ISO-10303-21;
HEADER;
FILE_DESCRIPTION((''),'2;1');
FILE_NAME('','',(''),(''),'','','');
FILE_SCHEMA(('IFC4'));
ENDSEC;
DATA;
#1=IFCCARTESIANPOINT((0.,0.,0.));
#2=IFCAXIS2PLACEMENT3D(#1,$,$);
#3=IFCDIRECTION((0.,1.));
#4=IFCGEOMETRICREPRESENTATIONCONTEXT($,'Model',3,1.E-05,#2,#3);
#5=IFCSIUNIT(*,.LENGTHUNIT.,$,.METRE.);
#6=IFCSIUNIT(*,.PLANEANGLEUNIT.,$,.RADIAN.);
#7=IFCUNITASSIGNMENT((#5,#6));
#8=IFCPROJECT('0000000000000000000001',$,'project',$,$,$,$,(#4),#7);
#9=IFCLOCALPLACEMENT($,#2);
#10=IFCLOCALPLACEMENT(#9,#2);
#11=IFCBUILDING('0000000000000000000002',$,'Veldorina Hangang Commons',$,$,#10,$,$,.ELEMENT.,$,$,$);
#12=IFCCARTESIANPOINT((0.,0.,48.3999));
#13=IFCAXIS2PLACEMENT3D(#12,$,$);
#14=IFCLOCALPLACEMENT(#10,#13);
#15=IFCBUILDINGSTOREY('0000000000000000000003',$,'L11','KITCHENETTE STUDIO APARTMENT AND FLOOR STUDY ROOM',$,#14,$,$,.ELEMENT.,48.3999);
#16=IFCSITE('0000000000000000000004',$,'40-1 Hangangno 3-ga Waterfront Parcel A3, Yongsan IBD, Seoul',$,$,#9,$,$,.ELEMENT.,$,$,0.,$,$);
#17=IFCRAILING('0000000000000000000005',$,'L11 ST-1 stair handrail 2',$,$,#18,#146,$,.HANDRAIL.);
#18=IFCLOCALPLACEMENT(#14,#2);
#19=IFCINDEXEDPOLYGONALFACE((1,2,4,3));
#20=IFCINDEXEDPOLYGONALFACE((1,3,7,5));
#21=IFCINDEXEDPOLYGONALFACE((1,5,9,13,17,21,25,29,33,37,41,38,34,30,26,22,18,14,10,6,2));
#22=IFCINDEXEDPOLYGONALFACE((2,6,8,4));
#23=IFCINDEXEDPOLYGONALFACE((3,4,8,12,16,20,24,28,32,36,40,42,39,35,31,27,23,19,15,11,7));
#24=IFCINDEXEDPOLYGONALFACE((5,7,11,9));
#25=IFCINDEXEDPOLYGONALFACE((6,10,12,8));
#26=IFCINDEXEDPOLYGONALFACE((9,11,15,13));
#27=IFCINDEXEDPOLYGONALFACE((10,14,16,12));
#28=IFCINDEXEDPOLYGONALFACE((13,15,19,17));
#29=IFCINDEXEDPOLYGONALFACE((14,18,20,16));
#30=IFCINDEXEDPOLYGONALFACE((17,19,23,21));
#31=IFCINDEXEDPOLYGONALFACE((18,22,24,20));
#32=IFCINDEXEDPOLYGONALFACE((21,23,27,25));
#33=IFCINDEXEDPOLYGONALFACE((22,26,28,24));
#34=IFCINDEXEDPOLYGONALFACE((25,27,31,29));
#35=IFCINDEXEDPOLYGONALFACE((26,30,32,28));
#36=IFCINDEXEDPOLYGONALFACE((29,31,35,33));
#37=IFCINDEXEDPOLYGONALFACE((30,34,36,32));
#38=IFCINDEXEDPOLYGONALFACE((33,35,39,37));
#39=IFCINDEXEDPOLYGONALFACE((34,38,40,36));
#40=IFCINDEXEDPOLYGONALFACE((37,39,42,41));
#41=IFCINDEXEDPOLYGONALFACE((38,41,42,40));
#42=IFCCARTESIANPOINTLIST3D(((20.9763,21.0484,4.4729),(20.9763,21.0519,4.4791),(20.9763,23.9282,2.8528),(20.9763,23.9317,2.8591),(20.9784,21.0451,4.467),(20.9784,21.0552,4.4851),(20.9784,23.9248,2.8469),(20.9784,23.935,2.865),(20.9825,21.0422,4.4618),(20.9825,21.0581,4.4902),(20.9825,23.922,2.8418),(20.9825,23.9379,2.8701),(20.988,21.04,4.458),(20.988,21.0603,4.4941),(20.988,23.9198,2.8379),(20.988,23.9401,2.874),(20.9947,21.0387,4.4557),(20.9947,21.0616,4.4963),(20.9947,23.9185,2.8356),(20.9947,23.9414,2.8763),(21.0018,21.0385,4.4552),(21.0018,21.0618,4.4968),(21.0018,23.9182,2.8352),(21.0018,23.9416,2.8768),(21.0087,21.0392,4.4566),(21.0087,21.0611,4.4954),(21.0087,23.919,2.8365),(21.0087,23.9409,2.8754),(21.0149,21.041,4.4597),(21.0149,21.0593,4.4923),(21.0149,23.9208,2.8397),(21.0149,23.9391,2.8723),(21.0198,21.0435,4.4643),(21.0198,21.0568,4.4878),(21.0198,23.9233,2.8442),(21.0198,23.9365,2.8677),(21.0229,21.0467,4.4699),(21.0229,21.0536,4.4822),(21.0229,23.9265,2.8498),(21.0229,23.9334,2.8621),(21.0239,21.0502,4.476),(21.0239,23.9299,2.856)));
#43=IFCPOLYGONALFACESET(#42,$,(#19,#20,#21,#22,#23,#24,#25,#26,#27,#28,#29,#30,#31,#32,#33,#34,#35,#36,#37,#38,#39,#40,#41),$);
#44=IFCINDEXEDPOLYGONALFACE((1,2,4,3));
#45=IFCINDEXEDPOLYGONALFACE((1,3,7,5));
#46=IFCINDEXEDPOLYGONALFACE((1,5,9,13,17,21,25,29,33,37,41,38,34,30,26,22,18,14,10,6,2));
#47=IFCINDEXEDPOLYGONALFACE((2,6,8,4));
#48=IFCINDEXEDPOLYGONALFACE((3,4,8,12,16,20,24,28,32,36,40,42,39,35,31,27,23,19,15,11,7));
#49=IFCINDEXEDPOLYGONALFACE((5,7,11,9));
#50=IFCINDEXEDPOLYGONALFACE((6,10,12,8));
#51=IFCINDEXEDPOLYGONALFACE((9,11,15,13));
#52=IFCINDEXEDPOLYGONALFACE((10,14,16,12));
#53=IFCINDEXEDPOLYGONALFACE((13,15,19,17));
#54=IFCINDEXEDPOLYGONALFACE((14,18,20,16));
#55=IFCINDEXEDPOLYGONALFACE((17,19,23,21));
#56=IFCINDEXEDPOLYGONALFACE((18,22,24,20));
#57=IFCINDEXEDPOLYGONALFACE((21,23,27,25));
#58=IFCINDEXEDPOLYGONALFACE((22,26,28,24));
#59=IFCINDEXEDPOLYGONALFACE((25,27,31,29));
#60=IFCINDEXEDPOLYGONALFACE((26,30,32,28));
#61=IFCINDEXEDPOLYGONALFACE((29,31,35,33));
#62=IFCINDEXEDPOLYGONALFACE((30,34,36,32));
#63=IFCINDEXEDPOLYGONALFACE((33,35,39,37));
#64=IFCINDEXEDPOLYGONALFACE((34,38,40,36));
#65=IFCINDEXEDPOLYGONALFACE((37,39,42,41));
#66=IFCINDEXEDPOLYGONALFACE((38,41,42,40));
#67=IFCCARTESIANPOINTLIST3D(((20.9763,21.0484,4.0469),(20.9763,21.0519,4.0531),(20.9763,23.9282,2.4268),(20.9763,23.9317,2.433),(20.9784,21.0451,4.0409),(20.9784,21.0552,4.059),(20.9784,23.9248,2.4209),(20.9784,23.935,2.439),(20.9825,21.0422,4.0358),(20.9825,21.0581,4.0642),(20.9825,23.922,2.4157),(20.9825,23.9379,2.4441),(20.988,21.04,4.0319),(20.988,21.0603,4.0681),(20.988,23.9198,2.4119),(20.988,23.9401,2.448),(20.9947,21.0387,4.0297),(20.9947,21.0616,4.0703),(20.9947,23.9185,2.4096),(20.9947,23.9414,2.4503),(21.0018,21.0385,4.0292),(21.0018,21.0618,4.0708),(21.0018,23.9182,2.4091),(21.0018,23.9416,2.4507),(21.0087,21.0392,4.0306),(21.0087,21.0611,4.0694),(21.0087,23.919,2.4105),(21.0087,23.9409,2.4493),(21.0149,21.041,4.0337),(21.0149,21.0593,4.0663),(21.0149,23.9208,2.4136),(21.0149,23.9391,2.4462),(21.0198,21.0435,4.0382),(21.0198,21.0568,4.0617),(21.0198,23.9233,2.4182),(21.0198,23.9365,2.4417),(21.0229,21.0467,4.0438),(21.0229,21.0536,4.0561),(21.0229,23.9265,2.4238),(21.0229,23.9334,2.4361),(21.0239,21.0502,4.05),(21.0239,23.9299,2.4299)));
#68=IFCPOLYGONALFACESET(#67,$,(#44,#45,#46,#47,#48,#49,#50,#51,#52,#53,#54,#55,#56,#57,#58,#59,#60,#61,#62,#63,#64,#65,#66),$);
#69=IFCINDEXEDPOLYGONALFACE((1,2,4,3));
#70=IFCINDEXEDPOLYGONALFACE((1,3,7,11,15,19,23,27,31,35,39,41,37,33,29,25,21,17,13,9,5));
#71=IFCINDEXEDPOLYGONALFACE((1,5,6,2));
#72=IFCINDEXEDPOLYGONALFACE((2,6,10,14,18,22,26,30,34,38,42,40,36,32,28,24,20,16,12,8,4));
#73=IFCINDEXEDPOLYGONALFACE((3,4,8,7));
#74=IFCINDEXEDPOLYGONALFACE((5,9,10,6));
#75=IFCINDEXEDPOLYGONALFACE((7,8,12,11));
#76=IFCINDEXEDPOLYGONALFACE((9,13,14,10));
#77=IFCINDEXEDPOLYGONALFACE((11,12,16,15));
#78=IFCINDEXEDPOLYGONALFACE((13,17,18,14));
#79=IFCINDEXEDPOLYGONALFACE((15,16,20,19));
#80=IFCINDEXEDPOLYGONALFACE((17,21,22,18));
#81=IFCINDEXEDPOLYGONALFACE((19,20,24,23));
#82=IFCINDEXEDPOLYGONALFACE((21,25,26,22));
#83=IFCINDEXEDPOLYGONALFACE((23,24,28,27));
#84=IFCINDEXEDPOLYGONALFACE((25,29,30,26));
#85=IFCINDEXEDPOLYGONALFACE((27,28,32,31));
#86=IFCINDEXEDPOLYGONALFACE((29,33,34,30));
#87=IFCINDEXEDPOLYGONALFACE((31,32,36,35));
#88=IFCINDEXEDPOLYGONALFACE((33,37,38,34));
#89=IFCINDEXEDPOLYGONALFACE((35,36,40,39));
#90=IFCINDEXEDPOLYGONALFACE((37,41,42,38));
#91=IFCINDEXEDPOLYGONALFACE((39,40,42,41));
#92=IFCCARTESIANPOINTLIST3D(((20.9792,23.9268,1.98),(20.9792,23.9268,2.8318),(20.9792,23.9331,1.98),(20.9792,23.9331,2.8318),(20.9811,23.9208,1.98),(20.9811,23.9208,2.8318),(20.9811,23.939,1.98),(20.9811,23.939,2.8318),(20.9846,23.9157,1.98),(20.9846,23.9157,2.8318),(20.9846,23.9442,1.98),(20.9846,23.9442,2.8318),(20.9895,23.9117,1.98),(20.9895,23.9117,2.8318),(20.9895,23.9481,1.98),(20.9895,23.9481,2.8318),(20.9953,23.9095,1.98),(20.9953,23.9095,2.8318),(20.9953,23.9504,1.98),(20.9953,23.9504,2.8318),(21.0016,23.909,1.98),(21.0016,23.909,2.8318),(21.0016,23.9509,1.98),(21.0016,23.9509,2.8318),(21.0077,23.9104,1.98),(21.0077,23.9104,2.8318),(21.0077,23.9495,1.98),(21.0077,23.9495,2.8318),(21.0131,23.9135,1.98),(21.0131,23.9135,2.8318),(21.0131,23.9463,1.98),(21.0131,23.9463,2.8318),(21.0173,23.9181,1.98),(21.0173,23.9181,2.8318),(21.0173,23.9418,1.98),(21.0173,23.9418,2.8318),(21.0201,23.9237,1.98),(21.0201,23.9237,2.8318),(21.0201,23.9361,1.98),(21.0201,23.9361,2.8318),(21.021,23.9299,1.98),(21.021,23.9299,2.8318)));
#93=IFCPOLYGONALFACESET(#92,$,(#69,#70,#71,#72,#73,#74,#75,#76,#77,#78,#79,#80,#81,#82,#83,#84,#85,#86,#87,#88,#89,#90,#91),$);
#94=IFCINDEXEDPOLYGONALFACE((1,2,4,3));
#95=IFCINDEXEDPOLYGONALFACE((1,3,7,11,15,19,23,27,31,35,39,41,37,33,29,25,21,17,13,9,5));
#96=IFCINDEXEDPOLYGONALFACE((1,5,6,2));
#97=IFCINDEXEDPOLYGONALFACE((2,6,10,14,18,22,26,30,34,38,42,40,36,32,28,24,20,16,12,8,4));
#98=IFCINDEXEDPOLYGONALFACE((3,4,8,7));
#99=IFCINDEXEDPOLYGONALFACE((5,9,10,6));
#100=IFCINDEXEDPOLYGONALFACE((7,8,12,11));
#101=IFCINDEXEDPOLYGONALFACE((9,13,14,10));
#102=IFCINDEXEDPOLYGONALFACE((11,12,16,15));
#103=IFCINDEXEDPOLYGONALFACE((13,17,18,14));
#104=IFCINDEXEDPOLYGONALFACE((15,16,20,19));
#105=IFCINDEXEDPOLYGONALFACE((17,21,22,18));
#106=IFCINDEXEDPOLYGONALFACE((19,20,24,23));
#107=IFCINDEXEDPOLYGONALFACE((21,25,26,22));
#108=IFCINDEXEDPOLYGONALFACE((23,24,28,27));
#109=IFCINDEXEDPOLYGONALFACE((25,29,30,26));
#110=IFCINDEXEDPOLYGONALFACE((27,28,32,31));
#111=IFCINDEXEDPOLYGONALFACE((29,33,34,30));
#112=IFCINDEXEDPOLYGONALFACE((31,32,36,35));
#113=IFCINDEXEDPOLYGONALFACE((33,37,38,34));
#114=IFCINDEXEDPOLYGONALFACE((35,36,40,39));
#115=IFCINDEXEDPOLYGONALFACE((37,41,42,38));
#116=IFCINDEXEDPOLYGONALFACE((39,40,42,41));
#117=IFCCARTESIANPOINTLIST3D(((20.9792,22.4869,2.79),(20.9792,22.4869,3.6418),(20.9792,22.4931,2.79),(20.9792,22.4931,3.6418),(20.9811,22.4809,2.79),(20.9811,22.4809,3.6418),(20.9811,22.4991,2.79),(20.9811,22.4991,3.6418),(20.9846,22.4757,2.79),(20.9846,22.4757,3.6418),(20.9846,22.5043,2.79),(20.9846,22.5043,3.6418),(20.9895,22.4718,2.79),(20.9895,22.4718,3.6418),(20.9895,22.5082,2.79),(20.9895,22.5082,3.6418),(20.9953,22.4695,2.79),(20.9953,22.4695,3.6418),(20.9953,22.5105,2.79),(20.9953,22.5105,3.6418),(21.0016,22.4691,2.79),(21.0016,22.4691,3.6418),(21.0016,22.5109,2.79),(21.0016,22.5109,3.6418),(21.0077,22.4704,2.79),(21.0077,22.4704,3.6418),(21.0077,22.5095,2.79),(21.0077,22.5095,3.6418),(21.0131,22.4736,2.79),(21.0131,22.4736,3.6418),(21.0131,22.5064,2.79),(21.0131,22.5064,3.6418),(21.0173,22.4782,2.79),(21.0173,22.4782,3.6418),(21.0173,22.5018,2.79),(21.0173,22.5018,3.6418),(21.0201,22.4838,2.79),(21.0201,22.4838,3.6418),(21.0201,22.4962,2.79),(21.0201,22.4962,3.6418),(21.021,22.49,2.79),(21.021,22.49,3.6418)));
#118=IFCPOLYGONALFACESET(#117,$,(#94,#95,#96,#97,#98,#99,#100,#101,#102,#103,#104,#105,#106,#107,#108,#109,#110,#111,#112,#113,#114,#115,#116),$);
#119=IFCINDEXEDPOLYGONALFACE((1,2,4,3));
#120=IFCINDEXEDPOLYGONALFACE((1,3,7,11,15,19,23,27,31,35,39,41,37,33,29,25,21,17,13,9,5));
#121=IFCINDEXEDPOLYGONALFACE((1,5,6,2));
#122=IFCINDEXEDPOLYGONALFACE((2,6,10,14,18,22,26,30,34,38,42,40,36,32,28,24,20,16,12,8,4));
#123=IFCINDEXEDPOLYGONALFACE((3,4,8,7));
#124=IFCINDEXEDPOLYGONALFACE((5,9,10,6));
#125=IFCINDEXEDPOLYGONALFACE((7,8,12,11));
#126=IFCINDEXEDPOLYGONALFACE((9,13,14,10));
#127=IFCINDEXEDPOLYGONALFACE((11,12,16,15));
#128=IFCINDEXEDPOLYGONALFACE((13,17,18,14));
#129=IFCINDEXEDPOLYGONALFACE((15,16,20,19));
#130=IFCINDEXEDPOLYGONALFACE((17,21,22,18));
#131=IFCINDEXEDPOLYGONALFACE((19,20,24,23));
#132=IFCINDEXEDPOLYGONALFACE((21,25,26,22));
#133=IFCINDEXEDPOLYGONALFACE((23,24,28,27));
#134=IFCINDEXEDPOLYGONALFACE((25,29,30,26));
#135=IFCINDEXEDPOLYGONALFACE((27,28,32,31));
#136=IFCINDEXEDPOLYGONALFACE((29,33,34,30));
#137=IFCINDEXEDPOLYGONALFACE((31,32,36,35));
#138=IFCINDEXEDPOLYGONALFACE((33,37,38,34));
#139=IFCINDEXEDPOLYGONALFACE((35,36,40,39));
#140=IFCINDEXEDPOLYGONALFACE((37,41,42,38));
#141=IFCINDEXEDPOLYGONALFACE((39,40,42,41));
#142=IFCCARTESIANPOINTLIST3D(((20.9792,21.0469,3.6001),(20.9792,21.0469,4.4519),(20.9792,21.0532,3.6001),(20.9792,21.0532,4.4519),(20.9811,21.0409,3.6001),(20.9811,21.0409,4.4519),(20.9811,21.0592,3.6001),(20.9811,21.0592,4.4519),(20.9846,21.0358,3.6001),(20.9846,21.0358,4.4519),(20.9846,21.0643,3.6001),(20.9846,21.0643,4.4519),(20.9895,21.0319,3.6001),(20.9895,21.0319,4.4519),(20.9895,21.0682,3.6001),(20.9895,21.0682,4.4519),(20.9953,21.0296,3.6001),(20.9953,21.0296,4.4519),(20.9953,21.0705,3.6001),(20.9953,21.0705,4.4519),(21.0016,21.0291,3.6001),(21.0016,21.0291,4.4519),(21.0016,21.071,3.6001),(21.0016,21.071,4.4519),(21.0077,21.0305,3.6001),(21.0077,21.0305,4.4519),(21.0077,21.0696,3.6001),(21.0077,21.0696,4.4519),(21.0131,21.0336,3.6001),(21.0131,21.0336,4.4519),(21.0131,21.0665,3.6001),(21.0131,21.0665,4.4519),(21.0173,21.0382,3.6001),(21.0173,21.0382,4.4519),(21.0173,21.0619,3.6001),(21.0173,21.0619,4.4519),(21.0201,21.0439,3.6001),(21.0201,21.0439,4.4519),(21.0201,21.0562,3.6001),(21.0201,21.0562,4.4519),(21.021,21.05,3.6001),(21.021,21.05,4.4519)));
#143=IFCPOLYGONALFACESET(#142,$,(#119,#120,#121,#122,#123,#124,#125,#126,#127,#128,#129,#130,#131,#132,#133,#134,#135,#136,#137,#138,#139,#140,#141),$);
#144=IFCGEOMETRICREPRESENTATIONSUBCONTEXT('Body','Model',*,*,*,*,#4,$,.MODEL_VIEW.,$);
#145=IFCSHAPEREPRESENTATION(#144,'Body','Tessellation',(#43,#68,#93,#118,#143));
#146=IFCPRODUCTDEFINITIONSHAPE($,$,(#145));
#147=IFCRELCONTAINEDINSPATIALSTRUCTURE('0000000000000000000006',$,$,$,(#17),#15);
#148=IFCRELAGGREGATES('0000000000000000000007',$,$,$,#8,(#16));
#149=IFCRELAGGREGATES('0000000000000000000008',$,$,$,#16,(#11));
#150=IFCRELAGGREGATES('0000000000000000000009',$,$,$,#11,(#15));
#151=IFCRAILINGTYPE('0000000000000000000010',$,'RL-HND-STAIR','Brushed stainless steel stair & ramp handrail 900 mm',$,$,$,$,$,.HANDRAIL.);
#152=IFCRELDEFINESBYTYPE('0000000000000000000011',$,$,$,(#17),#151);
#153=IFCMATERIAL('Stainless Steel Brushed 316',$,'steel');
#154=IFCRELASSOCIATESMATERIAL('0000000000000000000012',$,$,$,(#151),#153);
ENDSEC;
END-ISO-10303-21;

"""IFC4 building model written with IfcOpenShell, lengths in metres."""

from ifc_helpers import new_model, si_unit, direction, frame, origin, origin_2d, place, context, subcontext, project, spatial, circle, extrude, material, type_object, element, save


model = new_model("IFC4")

# Units and contexts
model_context = context("Model", 3, precision=1e-05, world=origin(), true_north=direction((0.0, 1.0)))
body_context = subcontext(model_context, "Body", "Model", "MODEL_VIEW")
ifc_project = project(units=[si_unit("LENGTHUNIT", "METRE"), si_unit("PLANEANGLEUNIT", "RADIAN")], contexts=[model_context])

# Site, building, storey
site_placement = place(None, origin())
site = spatial("IfcSite", under=ifc_project, at=site_placement, Name="40-1 Hangangno 3-ga Waterfront Parcel A3, Yongsan IBD, Seoul", CompositionType="ELEMENT", RefElevation=0.0)
building_placement = place(site_placement, origin())
building = spatial("IfcBuilding", under=site, at=building_placement, Name="Veldorina Hangang Commons", CompositionType="ELEMENT")
storey_placement = place(building_placement, frame((0.0, 0.0, 48.3999)))
storey = spatial("IfcBuildingStorey", under=building, at=storey_placement, Name="L11", Description="KITCHENETTE STUDIO APARTMENT AND FLOOR STUDY ROOM", CompositionType="ELEMENT", Elevation=48.3999)

# Railing
ifc_material_1 = material(Name="Stainless Steel Brushed 316", Category="steel")
railing_type = type_object("IfcRailingType", Name="RL-HND-STAIR", Description="Brushed stainless steel stair & ramp handrail 900 mm", PredefinedType="HANDRAIL", material=ifc_material_1)
railing_placement = place(storey_placement, frame((21.0, 23.9299, 1.98)))
element("IfcRailing", 1, at=railing_placement, inside=storey, type_object=railing_type, Name="L11 ST-1 stair handrail 2", PredefinedType="HANDRAIL", context=body_context, shape_type="SweptSolid", body=[
    extrude(circle(Radius=0.0239, at=origin_2d()), frame((0.0, 0.0, 0.876), z_axis=(0.0, -0.871552, 0.490303), x_axis=(1.0, 0.0, 0.0)), (0.0, 0.0, 1.0), 3.3042),
    extrude(circle(Radius=0.0239, at=origin_2d()), frame((0.0, 0.0, 0.45), z_axis=(0.0, -0.871552, 0.490303), x_axis=(1.0, 0.0, 0.0)), (0.0, 0.0, 1.0), 3.3042),
    extrude(circle(Radius=0.021, at=origin_2d()), origin(), (0.0, 0.0, 1.0), 0.8518),
    extrude(circle(Radius=0.021, at=origin_2d()), frame((0.0, -1.4399, 0.8101)), (0.0, 0.0, 1.0), 0.8518),
    extrude(circle(Radius=0.021, at=origin_2d()), frame((0.0, -2.8799, 1.6201)), (0.0, 0.0, 1.0), 0.8518),
])

save(model, "model.ifc")
